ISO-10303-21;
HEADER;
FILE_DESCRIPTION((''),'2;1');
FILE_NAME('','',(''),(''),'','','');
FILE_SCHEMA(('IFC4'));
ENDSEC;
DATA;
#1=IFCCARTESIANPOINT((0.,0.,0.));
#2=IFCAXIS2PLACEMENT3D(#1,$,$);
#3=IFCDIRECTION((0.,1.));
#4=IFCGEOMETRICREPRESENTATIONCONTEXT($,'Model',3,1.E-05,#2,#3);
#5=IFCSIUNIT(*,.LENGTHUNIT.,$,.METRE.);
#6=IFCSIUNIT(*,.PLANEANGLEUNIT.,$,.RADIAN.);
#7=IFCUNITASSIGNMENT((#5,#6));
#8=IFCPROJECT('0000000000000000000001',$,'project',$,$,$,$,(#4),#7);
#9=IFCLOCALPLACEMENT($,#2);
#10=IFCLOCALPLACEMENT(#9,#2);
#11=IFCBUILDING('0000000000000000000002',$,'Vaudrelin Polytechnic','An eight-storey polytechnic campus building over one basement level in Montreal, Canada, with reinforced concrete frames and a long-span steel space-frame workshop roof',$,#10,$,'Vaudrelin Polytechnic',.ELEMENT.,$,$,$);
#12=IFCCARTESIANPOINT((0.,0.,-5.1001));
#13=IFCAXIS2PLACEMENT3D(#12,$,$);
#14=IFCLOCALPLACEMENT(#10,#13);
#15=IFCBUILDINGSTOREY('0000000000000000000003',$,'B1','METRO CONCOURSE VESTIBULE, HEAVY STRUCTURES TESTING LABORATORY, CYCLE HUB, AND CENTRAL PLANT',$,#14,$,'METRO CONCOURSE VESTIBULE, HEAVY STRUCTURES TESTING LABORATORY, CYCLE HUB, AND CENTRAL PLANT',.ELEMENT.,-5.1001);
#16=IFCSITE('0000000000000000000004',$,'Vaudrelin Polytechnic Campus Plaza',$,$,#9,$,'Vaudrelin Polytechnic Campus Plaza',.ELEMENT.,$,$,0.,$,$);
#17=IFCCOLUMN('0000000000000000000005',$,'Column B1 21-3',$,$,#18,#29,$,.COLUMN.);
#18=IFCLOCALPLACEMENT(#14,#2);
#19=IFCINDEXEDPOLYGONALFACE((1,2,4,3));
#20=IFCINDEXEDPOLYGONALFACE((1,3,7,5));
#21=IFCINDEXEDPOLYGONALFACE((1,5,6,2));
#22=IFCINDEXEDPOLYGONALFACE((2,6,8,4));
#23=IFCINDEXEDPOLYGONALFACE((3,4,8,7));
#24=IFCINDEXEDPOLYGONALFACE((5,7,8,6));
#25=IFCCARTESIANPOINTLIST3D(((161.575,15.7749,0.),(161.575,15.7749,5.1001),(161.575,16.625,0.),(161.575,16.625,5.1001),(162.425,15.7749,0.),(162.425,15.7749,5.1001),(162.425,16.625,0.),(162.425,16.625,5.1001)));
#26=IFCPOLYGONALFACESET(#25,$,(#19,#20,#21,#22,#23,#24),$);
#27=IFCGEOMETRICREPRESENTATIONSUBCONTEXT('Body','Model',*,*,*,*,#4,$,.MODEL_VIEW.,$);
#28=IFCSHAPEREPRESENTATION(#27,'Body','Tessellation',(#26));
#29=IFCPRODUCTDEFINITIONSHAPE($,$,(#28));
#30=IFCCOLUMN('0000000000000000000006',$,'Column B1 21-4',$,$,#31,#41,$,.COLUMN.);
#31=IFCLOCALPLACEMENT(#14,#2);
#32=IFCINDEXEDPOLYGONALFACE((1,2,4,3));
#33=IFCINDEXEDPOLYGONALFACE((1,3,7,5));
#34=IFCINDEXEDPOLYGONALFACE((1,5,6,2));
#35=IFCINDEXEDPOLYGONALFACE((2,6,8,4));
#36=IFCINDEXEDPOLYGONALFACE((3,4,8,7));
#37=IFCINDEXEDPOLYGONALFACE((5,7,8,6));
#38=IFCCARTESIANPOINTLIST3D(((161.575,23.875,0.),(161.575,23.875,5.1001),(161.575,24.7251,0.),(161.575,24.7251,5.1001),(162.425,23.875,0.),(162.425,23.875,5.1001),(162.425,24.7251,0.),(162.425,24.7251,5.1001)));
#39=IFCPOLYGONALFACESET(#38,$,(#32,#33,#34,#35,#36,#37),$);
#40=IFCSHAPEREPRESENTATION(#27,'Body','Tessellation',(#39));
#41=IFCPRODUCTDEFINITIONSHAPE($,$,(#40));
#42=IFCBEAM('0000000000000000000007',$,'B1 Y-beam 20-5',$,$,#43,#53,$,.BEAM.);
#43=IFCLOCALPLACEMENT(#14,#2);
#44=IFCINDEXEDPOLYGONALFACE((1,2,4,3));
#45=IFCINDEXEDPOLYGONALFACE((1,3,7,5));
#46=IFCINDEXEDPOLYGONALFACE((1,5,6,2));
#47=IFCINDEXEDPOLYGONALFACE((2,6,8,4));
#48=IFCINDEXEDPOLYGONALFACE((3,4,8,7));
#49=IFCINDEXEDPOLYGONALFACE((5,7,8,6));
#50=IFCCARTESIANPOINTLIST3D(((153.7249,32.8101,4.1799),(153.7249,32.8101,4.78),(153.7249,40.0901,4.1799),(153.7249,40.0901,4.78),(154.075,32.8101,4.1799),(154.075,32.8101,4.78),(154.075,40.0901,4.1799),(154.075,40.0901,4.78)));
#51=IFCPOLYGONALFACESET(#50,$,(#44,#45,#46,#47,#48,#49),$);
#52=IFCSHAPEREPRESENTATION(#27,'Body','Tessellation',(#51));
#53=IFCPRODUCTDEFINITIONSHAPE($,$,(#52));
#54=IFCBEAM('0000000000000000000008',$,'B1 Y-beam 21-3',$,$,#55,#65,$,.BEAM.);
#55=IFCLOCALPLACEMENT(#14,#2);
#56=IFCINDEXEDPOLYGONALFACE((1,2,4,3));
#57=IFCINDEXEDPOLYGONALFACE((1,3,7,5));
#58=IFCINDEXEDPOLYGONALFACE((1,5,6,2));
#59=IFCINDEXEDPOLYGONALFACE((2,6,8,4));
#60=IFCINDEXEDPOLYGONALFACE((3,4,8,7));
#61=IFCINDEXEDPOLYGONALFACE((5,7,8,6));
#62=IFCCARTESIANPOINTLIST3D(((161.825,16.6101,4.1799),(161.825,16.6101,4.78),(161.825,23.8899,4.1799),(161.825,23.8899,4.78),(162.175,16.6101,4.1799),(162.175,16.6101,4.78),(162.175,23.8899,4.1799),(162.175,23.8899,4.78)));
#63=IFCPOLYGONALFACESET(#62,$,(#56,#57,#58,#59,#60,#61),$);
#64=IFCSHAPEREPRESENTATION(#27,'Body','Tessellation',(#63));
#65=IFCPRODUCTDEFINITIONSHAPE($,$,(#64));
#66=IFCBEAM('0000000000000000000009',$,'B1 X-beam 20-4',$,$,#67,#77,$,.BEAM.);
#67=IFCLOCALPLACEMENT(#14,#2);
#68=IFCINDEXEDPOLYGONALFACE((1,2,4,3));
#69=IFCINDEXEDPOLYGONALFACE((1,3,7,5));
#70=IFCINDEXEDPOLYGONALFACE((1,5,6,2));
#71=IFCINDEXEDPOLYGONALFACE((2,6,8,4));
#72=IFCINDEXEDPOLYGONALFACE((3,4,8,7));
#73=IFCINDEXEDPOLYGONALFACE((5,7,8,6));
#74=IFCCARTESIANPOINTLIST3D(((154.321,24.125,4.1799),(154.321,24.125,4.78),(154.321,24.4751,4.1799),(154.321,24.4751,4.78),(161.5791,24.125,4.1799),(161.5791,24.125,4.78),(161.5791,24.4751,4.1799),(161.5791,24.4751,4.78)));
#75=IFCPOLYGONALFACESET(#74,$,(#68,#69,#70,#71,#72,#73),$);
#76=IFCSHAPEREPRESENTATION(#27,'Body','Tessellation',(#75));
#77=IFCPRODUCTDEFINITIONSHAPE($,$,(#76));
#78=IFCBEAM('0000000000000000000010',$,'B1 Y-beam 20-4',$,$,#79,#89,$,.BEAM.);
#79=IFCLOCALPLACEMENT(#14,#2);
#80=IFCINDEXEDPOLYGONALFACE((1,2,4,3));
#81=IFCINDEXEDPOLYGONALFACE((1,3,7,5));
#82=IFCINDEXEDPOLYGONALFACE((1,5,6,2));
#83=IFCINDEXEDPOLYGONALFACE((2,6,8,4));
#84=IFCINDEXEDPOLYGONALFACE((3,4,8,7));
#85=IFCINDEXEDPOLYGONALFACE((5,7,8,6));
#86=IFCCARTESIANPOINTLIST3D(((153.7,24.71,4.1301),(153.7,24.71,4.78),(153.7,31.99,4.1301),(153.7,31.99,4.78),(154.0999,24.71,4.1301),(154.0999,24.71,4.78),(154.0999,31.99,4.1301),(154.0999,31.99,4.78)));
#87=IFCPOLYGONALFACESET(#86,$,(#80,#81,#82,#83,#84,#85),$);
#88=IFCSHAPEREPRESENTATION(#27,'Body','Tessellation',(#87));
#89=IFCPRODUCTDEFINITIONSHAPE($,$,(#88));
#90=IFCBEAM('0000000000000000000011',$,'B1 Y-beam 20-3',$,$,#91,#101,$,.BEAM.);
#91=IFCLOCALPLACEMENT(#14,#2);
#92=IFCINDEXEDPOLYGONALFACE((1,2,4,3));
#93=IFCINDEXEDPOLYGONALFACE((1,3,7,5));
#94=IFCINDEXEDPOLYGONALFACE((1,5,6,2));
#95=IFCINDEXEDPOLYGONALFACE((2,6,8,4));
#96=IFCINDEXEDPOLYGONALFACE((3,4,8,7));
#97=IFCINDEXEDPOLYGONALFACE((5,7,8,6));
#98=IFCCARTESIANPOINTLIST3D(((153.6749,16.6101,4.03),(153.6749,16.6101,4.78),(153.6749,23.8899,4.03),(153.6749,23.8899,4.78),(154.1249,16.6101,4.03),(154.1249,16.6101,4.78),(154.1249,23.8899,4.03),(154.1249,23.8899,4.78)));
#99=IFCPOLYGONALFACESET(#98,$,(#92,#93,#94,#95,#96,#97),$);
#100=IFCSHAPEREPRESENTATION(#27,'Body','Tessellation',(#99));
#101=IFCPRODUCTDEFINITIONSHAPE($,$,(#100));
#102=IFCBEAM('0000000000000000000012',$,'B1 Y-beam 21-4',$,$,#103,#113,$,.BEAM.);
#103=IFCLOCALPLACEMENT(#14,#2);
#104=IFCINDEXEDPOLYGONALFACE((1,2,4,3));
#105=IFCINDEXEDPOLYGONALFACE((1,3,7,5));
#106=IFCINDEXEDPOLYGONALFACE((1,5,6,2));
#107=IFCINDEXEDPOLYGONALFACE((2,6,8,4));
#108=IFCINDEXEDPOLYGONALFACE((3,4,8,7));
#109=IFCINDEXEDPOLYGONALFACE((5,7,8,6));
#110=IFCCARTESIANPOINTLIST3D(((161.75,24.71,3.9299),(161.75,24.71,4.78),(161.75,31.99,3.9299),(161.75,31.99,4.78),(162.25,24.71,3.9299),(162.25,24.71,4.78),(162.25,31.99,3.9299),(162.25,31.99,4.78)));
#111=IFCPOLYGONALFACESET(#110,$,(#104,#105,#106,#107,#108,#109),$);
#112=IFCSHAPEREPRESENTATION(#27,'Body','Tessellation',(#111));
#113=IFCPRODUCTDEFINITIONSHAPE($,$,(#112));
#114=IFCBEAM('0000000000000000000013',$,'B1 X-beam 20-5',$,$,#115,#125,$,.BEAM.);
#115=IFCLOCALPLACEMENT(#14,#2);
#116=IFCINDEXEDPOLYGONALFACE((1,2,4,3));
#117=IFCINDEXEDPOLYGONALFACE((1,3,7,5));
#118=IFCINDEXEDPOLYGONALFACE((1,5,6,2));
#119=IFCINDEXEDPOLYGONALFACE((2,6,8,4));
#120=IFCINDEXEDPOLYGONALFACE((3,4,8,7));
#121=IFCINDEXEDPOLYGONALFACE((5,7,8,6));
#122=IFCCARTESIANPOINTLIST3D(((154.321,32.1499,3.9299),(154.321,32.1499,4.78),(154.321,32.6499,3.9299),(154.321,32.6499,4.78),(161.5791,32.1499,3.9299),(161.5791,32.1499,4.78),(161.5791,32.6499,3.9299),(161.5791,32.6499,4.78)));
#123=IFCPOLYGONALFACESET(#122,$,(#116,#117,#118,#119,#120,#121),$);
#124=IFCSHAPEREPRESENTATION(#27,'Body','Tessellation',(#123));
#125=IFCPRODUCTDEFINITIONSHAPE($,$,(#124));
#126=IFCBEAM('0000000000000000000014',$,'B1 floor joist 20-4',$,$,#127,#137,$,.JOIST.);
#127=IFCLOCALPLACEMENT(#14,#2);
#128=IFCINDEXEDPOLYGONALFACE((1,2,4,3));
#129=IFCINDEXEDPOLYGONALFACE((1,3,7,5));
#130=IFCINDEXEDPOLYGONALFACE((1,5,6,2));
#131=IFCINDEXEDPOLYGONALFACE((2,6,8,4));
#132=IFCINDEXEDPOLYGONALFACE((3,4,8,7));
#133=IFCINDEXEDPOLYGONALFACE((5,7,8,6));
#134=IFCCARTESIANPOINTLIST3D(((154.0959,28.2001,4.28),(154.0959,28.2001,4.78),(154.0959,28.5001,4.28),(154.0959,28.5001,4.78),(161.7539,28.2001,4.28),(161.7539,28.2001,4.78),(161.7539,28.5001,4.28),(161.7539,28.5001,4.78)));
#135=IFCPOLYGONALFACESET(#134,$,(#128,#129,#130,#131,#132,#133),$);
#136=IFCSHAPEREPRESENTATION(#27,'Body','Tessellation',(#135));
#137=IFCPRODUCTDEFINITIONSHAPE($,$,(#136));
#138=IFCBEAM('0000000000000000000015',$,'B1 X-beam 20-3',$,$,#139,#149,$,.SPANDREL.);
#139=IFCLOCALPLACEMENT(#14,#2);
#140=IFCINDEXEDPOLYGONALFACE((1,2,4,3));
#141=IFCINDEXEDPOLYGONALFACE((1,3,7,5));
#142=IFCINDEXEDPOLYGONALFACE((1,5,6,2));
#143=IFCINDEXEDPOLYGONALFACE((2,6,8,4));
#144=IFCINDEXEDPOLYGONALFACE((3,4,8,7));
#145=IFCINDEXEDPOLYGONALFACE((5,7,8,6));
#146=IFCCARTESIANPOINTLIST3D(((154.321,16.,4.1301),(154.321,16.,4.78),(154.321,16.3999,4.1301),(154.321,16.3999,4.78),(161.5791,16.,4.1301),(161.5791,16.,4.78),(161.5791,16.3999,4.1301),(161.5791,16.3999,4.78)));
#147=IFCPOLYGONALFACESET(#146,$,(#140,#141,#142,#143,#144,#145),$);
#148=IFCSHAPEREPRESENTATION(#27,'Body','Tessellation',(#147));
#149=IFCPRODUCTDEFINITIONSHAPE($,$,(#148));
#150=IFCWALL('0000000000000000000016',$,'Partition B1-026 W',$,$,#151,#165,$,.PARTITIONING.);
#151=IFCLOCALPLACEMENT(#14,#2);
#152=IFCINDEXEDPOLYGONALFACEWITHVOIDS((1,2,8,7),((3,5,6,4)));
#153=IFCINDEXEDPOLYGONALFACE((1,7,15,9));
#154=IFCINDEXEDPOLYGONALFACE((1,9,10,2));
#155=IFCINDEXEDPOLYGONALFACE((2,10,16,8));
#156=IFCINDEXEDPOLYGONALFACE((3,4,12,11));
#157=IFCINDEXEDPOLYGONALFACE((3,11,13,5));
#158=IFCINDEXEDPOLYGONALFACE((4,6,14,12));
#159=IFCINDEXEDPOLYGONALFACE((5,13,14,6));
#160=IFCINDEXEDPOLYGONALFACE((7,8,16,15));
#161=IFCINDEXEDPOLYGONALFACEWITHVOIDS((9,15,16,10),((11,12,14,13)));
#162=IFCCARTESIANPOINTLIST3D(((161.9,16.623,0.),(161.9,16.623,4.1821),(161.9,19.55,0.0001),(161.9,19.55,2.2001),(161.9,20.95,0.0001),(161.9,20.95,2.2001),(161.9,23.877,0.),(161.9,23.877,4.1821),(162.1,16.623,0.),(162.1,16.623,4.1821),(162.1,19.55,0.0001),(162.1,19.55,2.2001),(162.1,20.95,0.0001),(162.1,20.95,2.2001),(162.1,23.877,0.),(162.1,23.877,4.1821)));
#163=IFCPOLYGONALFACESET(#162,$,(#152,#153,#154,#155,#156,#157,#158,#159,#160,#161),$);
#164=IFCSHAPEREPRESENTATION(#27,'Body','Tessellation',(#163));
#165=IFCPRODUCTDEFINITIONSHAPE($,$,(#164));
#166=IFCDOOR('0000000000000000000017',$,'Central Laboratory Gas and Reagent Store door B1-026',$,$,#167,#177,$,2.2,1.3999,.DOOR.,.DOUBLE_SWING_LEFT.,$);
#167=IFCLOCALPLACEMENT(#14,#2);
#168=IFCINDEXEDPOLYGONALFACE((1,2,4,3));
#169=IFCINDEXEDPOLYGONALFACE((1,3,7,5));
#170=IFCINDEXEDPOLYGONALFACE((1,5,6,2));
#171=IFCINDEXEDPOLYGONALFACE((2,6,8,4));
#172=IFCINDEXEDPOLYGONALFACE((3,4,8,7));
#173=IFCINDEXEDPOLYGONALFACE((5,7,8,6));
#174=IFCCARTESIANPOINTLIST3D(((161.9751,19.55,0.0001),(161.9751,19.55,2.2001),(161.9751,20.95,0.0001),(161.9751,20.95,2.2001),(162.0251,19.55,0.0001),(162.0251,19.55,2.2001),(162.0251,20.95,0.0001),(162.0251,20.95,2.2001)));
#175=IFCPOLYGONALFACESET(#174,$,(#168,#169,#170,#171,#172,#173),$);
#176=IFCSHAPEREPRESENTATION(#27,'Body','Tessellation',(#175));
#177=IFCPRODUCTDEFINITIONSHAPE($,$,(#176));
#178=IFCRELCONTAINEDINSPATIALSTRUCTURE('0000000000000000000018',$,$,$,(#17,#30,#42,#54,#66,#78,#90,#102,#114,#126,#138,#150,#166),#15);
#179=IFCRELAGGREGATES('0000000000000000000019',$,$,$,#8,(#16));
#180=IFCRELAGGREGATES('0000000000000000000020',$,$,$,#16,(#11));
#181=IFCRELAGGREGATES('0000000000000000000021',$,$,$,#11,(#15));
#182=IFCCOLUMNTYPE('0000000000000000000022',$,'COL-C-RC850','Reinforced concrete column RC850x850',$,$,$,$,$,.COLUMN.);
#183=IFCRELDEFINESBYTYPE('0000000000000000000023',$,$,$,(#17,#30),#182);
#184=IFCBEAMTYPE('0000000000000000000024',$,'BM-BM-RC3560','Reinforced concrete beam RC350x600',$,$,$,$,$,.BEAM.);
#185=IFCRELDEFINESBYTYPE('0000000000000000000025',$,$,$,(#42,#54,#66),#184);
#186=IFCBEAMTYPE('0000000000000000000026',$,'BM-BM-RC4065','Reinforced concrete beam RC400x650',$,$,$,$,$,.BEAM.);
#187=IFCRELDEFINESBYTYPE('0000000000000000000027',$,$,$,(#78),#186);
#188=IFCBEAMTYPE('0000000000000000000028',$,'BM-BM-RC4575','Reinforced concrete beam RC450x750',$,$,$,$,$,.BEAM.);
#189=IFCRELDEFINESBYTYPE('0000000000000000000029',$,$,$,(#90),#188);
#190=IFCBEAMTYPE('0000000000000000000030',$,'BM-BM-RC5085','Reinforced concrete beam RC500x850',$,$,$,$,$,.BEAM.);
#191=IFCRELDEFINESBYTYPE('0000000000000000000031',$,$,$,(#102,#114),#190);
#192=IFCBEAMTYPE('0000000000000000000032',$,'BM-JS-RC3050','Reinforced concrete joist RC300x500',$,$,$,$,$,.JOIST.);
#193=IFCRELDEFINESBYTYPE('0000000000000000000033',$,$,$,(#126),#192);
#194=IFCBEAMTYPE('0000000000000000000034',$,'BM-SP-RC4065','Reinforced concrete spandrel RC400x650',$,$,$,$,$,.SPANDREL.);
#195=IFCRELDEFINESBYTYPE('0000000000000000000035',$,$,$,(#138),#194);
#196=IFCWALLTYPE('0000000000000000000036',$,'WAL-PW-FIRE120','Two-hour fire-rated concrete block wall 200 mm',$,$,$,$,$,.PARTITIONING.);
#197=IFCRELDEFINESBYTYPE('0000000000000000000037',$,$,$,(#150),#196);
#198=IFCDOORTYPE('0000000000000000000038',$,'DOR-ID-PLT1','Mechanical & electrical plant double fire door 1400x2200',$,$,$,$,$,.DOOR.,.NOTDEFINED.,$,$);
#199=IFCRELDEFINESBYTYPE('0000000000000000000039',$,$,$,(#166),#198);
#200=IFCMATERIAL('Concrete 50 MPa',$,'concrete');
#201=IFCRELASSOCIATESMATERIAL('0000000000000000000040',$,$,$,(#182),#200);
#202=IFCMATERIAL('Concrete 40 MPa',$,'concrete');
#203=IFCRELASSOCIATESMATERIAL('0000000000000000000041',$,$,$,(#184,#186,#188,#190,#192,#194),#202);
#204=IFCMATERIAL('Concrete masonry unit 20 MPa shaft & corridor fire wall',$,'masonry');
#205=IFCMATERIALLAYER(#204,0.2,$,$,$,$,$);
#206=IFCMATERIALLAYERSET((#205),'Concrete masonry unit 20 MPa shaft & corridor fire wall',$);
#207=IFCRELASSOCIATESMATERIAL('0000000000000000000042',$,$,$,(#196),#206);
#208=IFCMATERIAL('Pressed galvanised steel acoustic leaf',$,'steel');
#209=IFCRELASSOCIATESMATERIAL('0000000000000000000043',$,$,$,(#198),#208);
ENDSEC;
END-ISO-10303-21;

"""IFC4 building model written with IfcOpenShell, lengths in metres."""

from ifc_helpers import new_model, si_unit, direction, frame, frame_2d, origin, origin_2d, place, context, subcontext, project, spatial, rectangle, extrude, material, layer, layer_set, material_profile, profile_set, type_object, element, fill, save


model = new_model("IFC4")

# Units and contexts
model_context = context("Model", 3, precision=1e-05, world=origin(), true_north=direction((0.0, 1.0)))
body_context = subcontext(model_context, "Body", "Model", "MODEL_VIEW")
ifc_project = project(units=[si_unit("LENGTHUNIT", "METRE"), si_unit("PLANEANGLEUNIT", "RADIAN")], contexts=[model_context])

# Site, building, storey
site_placement = place(None, origin())
site = spatial("IfcSite", under=ifc_project, at=site_placement, Name="Vaudrelin Polytechnic Campus Plaza", LongName="Vaudrelin Polytechnic Campus Plaza", CompositionType="ELEMENT", RefElevation=0.0)
building_placement = place(site_placement, origin())
building = spatial("IfcBuilding", under=site, at=building_placement, Name="Vaudrelin Polytechnic", Description="An eight-storey polytechnic campus building over one basement level in Montreal, Canada, with reinforced concrete frames and a long-span steel space-frame workshop roof", LongName="Vaudrelin Polytechnic", CompositionType="ELEMENT")
storey_placement = place(building_placement, frame((0.0, 0.0, -5.1001)))
storey = spatial("IfcBuildingStorey", under=building, at=storey_placement, Name="B1", Description="METRO CONCOURSE VESTIBULE, HEAVY STRUCTURES TESTING LABORATORY, CYCLE HUB, AND CENTRAL PLANT", LongName="METRO CONCOURSE VESTIBULE, HEAVY STRUCTURES TESTING LABORATORY, CYCLE HUB, AND CENTRAL PLANT", CompositionType="ELEMENT", Elevation=-5.1001)

# Shared definitions
ifc_material_1 = material(Name="Concrete 40 MPa", Category="concrete")

# Columns
ifc_material_2 = material(Name="Concrete 50 MPa", Category="concrete")
ifc_material_profile_1 = material_profile(ifc_material_2, rectangle(XDim=0.8501, YDim=0.8501, at=origin_2d()), Name="RC850x850")
ifc_profile_set_1 = profile_set([ifc_material_profile_1], Name="Concrete 50 MPa")
column_type = type_object("IfcColumnType", Name="COL-C-RC850", Description="Reinforced concrete column RC850x850", PredefinedType="COLUMN", material=ifc_profile_set_1)
for number, where, z_axis, x_axis, name in (
    (1, (162.0, 16.2, 0.0), (0.0, 0.0, 1.0), (1.0, 0.0, 0.0), "Column B1 21-3"),
    (2, (162.0, 24.3, 0.0), (0.0, 0.0, 1.0), (1.0, 0.0, 0.0), "Column B1 21-4"),
):
    element("IfcColumn", number, at=place(storey_placement, frame(where, z_axis=z_axis, x_axis=x_axis)), inside=storey, type_object=column_type, Name=name, PredefinedType="COLUMN", context=body_context, shape_type="SweptSolid", body=[
        extrude(rectangle(XDim=0.8501, YDim=0.8501, at=origin_2d()), origin(), (0.0, 0.0, 1.0), 5.1001),
    ])

# Beams
ifc_material_profile_2 = material_profile(ifc_material_1, rectangle(XDim=0.3501, YDim=0.6001, at=origin_2d()), Name="RC350x600")
ifc_profile_set_2 = profile_set([ifc_material_profile_2], Name="Concrete 40 MPa")
beam_type_1 = type_object("IfcBeamType", Name="BM-BM-RC3560", Description="Reinforced concrete beam RC350x600", PredefinedType="BEAM", material=ifc_profile_set_2)
beam_1_placement = place(storey_placement, frame((153.8999, 32.8101, 4.48), z_axis=(0.0, 1.0, 0.0), x_axis=(-1.0, 0.0, 0.0)))
element("IfcBeam", 3, at=beam_1_placement, inside=storey, type_object=beam_type_1, Name="B1 Y-beam 20-5", PredefinedType="BEAM", context=body_context, shape_type="SweptSolid", body=[
    extrude(rectangle(XDim=0.3501, YDim=0.6001, at=origin_2d()), origin(), (0.0, 0.0, 1.0), 7.28),
])
beam_2_placement = place(storey_placement, frame((162.0, 16.6101, 4.48), z_axis=(0.0, 1.0, 0.0), x_axis=(-1.0, 0.0, 0.0)))
element("IfcBeam", 4, at=beam_2_placement, inside=storey, type_object=beam_type_1, Name="B1 Y-beam 21-3", PredefinedType="BEAM", context=body_context, shape_type="SweptSolid", body=[
    extrude(rectangle(XDim=0.3501, YDim=0.6001, at=origin_2d()), origin(), (0.0, 0.0, 1.0), 7.2798),
])
beam_3_placement = place(storey_placement, frame((154.321, 24.3, 4.48), z_axis=(1.0, 0.0, 0.0), x_axis=(0.0, 1.0, 0.0)))
element("IfcBeam", 5, at=beam_3_placement, inside=storey, type_object=beam_type_1, Name="B1 X-beam 20-4", PredefinedType="BEAM", context=body_context, shape_type="SweptSolid", body=[
    extrude(rectangle(XDim=0.3501, YDim=0.6001, at=origin_2d()), origin(), (0.0, 0.0, 1.0), 7.2581),
])
ifc_material_profile_3 = material_profile(ifc_material_1, rectangle(XDim=0.3999, YDim=0.6499, at=origin_2d()), Name="RC400x650")
ifc_profile_set_3 = profile_set([ifc_material_profile_3], Name="Concrete 40 MPa")
beam_type_2 = type_object("IfcBeamType", Name="BM-BM-RC4065", Description="Reinforced concrete beam RC400x650", PredefinedType="BEAM", material=ifc_profile_set_3)
beam_4_placement = place(storey_placement, frame((153.8999, 24.71, 4.4551), z_axis=(0.0, 1.0, 0.0), x_axis=(-1.0, 0.0, 0.0)))
element("IfcBeam", 6, at=beam_4_placement, inside=storey, type_object=beam_type_2, Name="B1 Y-beam 20-4", PredefinedType="BEAM", context=body_context, shape_type="SweptSolid", body=[
    extrude(rectangle(XDim=0.3999, YDim=0.6499, at=origin_2d()), origin(), (0.0, 0.0, 1.0), 7.28),
])
ifc_material_profile_4 = material_profile(ifc_material_1, rectangle(XDim=0.45, YDim=0.75, at=origin_2d()), Name="RC450x750")
ifc_profile_set_4 = profile_set([ifc_material_profile_4], Name="Concrete 40 MPa")
beam_type_3 = type_object("IfcBeamType", Name="BM-BM-RC4575", Description="Reinforced concrete beam RC450x750", PredefinedType="BEAM", material=ifc_profile_set_4)
beam_5_placement = place(storey_placement, frame((153.8999, 16.6101, 4.405), z_axis=(0.0, 1.0, 0.0), x_axis=(-1.0, 0.0, 0.0)))
element("IfcBeam", 7, at=beam_5_placement, inside=storey, type_object=beam_type_3, Name="B1 Y-beam 20-3", PredefinedType="BEAM", context=body_context, shape_type="SweptSolid", body=[
    extrude(rectangle(XDim=0.45, YDim=0.75, at=origin_2d()), origin(), (0.0, 0.0, 1.0), 7.2798),
])
ifc_material_profile_5 = material_profile(ifc_material_1, rectangle(XDim=0.5, YDim=0.8501, at=origin_2d()), Name="RC500x850")
ifc_profile_set_5 = profile_set([ifc_material_profile_5], Name="Concrete 40 MPa")
beam_type_4 = type_object("IfcBeamType", Name="BM-BM-RC5085", Description="Reinforced concrete beam RC500x850", PredefinedType="BEAM", material=ifc_profile_set_5)
beam_6_placement = place(storey_placement, frame((162.0, 24.71, 4.355), z_axis=(0.0, 1.0, 0.0), x_axis=(-1.0, 0.0, 0.0)))
element("IfcBeam", 8, at=beam_6_placement, inside=storey, type_object=beam_type_4, Name="B1 Y-beam 21-4", PredefinedType="BEAM", context=body_context, shape_type="SweptSolid", body=[
    extrude(rectangle(XDim=0.5, YDim=0.8501, at=origin_2d()), origin(), (0.0, 0.0, 1.0), 7.28),
])
beam_7_placement = place(storey_placement, frame((154.321, 32.3999, 4.355), z_axis=(1.0, 0.0, 0.0), x_axis=(0.0, 1.0, 0.0)))
element("IfcBeam", 9, at=beam_7_placement, inside=storey, type_object=beam_type_4, Name="B1 X-beam 20-5", PredefinedType="BEAM", context=body_context, shape_type="SweptSolid", body=[
    extrude(rectangle(XDim=0.5, YDim=0.8501, at=origin_2d()), origin(), (0.0, 0.0, 1.0), 7.2581),
])
ifc_material_profile_6 = material_profile(ifc_material_1, rectangle(XDim=0.3, YDim=0.5, at=origin_2d()), Name="RC300x500")
ifc_profile_set_6 = profile_set([ifc_material_profile_6], Name="Concrete 40 MPa")
beam_type_5 = type_object("IfcBeamType", Name="BM-JS-RC3050", Description="Reinforced concrete joist RC300x500", PredefinedType="JOIST", material=ifc_profile_set_6)
beam_8_placement = place(storey_placement, frame((154.0959, 28.3501, 4.53), z_axis=(1.0, 0.0, 0.0), x_axis=(0.0, 1.0, 0.0)))
element("IfcBeam", 10, at=beam_8_placement, inside=storey, type_object=beam_type_5, Name="B1 floor joist 20-4", PredefinedType="JOIST", context=body_context, shape_type="SweptSolid", body=[
    extrude(rectangle(XDim=0.3, YDim=0.5, at=origin_2d()), origin(), (0.0, 0.0, 1.0), 7.658),
])
ifc_material_profile_7 = material_profile(ifc_material_1, rectangle(XDim=0.3999, YDim=0.6499, at=origin_2d()), Name="RC400x650")
ifc_profile_set_7 = profile_set([ifc_material_profile_7], Name="Concrete 40 MPa")
beam_type_6 = type_object("IfcBeamType", Name="BM-SP-RC4065", Description="Reinforced concrete spandrel RC400x650", PredefinedType="SPANDREL", material=ifc_profile_set_7)
beam_9_placement = place(storey_placement, frame((154.321, 16.2, 4.4551), z_axis=(1.0, 0.0, 0.0), x_axis=(0.0, 1.0, 0.0)))
element("IfcBeam", 11, at=beam_9_placement, inside=storey, type_object=beam_type_6, Name="B1 X-beam 20-3", PredefinedType="SPANDREL", context=body_context, shape_type="SweptSolid", body=[
    extrude(rectangle(XDim=0.3999, YDim=0.6499, at=origin_2d()), origin(), (0.0, 0.0, 1.0), 7.2581),
])

# Wall, opening, door
ifc_material_3 = material(Name="Concrete masonry unit 20 MPa shaft & corridor fire wall", Category="masonry")
ifc_layer_1 = layer(ifc_material_3, 0.2)
ifc_layer_set_1 = layer_set([ifc_layer_1], Name="Concrete masonry unit 20 MPa shaft & corridor fire wall")
wall_type_1 = type_object("IfcWallType", Name="WAL-PW-FIRE120", Description="Two-hour fire-rated concrete block wall 200 mm", PredefinedType="PARTITIONING", material=ifc_layer_set_1)
wall_1_placement = place(storey_placement, frame((162.0, 16.623, 0.0), z_axis=(0.0, 0.0, 1.0), x_axis=(0.0, 1.0, 0.0)))
wall_1 = element("IfcWall", 12, at=wall_1_placement, inside=storey, type_object=wall_type_1, Name="Partition B1-026 W", PredefinedType="PARTITIONING", context=body_context, shape_type="SweptSolid", body=[
    extrude(rectangle(XDim=7.2539, YDim=0.2, at=frame_2d((3.627, 0.0))), origin(), (0.0, 0.0, 1.0), 4.1821),
])
opening_1_placement = place(wall_1_placement, frame((2.927, 0.0, 0.0)))
opening_1 = element("IfcOpeningElement", 13, at=opening_1_placement, cuts=wall_1, PredefinedType="OPENING", context=body_context, shape_type="SweptSolid", body=[
    extrude(rectangle(XDim=1.3999, YDim=2.2, at=frame_2d((0.7, 1.1001))), frame((0.0, 0.1099, 0.0), z_axis=(0.0, -1.0, 0.0), x_axis=(1.0, 0.0, 0.0)), (0.0, 0.0, 1.0), 0.22),
])
ifc_material_4 = material(Name="Pressed galvanised steel acoustic leaf", Category="steel")
door_type_1 = type_object("IfcDoorType", Name="DOR-ID-PLT1", Description="Mechanical & electrical plant double fire door 1400x2200", OperationType="NOTDEFINED", PredefinedType="DOOR", material=ifc_material_4)
door_1_placement = place(opening_1_placement, origin())
door_1 = element("IfcDoor", 14, at=door_1_placement, inside=storey, type_object=door_type_1, Name="Central Laboratory Gas and Reagent Store door B1-026", OperationType="DOUBLE_SWING_LEFT", OverallHeight=2.2, OverallWidth=1.3999, PredefinedType="DOOR", context=body_context, shape_type="SweptSolid", body=[
    extrude(rectangle(XDim=1.3999, YDim=2.2, at=frame_2d((0.7, 1.1001))), frame((0.0, 0.0249, 0.0), z_axis=(0.0, -1.0, 0.0), x_axis=(1.0, 0.0, 0.0)), (0.0, 0.0, 1.0), 0.05),
])
fill(opening_1, door_1)

save(model, "model.ifc")
